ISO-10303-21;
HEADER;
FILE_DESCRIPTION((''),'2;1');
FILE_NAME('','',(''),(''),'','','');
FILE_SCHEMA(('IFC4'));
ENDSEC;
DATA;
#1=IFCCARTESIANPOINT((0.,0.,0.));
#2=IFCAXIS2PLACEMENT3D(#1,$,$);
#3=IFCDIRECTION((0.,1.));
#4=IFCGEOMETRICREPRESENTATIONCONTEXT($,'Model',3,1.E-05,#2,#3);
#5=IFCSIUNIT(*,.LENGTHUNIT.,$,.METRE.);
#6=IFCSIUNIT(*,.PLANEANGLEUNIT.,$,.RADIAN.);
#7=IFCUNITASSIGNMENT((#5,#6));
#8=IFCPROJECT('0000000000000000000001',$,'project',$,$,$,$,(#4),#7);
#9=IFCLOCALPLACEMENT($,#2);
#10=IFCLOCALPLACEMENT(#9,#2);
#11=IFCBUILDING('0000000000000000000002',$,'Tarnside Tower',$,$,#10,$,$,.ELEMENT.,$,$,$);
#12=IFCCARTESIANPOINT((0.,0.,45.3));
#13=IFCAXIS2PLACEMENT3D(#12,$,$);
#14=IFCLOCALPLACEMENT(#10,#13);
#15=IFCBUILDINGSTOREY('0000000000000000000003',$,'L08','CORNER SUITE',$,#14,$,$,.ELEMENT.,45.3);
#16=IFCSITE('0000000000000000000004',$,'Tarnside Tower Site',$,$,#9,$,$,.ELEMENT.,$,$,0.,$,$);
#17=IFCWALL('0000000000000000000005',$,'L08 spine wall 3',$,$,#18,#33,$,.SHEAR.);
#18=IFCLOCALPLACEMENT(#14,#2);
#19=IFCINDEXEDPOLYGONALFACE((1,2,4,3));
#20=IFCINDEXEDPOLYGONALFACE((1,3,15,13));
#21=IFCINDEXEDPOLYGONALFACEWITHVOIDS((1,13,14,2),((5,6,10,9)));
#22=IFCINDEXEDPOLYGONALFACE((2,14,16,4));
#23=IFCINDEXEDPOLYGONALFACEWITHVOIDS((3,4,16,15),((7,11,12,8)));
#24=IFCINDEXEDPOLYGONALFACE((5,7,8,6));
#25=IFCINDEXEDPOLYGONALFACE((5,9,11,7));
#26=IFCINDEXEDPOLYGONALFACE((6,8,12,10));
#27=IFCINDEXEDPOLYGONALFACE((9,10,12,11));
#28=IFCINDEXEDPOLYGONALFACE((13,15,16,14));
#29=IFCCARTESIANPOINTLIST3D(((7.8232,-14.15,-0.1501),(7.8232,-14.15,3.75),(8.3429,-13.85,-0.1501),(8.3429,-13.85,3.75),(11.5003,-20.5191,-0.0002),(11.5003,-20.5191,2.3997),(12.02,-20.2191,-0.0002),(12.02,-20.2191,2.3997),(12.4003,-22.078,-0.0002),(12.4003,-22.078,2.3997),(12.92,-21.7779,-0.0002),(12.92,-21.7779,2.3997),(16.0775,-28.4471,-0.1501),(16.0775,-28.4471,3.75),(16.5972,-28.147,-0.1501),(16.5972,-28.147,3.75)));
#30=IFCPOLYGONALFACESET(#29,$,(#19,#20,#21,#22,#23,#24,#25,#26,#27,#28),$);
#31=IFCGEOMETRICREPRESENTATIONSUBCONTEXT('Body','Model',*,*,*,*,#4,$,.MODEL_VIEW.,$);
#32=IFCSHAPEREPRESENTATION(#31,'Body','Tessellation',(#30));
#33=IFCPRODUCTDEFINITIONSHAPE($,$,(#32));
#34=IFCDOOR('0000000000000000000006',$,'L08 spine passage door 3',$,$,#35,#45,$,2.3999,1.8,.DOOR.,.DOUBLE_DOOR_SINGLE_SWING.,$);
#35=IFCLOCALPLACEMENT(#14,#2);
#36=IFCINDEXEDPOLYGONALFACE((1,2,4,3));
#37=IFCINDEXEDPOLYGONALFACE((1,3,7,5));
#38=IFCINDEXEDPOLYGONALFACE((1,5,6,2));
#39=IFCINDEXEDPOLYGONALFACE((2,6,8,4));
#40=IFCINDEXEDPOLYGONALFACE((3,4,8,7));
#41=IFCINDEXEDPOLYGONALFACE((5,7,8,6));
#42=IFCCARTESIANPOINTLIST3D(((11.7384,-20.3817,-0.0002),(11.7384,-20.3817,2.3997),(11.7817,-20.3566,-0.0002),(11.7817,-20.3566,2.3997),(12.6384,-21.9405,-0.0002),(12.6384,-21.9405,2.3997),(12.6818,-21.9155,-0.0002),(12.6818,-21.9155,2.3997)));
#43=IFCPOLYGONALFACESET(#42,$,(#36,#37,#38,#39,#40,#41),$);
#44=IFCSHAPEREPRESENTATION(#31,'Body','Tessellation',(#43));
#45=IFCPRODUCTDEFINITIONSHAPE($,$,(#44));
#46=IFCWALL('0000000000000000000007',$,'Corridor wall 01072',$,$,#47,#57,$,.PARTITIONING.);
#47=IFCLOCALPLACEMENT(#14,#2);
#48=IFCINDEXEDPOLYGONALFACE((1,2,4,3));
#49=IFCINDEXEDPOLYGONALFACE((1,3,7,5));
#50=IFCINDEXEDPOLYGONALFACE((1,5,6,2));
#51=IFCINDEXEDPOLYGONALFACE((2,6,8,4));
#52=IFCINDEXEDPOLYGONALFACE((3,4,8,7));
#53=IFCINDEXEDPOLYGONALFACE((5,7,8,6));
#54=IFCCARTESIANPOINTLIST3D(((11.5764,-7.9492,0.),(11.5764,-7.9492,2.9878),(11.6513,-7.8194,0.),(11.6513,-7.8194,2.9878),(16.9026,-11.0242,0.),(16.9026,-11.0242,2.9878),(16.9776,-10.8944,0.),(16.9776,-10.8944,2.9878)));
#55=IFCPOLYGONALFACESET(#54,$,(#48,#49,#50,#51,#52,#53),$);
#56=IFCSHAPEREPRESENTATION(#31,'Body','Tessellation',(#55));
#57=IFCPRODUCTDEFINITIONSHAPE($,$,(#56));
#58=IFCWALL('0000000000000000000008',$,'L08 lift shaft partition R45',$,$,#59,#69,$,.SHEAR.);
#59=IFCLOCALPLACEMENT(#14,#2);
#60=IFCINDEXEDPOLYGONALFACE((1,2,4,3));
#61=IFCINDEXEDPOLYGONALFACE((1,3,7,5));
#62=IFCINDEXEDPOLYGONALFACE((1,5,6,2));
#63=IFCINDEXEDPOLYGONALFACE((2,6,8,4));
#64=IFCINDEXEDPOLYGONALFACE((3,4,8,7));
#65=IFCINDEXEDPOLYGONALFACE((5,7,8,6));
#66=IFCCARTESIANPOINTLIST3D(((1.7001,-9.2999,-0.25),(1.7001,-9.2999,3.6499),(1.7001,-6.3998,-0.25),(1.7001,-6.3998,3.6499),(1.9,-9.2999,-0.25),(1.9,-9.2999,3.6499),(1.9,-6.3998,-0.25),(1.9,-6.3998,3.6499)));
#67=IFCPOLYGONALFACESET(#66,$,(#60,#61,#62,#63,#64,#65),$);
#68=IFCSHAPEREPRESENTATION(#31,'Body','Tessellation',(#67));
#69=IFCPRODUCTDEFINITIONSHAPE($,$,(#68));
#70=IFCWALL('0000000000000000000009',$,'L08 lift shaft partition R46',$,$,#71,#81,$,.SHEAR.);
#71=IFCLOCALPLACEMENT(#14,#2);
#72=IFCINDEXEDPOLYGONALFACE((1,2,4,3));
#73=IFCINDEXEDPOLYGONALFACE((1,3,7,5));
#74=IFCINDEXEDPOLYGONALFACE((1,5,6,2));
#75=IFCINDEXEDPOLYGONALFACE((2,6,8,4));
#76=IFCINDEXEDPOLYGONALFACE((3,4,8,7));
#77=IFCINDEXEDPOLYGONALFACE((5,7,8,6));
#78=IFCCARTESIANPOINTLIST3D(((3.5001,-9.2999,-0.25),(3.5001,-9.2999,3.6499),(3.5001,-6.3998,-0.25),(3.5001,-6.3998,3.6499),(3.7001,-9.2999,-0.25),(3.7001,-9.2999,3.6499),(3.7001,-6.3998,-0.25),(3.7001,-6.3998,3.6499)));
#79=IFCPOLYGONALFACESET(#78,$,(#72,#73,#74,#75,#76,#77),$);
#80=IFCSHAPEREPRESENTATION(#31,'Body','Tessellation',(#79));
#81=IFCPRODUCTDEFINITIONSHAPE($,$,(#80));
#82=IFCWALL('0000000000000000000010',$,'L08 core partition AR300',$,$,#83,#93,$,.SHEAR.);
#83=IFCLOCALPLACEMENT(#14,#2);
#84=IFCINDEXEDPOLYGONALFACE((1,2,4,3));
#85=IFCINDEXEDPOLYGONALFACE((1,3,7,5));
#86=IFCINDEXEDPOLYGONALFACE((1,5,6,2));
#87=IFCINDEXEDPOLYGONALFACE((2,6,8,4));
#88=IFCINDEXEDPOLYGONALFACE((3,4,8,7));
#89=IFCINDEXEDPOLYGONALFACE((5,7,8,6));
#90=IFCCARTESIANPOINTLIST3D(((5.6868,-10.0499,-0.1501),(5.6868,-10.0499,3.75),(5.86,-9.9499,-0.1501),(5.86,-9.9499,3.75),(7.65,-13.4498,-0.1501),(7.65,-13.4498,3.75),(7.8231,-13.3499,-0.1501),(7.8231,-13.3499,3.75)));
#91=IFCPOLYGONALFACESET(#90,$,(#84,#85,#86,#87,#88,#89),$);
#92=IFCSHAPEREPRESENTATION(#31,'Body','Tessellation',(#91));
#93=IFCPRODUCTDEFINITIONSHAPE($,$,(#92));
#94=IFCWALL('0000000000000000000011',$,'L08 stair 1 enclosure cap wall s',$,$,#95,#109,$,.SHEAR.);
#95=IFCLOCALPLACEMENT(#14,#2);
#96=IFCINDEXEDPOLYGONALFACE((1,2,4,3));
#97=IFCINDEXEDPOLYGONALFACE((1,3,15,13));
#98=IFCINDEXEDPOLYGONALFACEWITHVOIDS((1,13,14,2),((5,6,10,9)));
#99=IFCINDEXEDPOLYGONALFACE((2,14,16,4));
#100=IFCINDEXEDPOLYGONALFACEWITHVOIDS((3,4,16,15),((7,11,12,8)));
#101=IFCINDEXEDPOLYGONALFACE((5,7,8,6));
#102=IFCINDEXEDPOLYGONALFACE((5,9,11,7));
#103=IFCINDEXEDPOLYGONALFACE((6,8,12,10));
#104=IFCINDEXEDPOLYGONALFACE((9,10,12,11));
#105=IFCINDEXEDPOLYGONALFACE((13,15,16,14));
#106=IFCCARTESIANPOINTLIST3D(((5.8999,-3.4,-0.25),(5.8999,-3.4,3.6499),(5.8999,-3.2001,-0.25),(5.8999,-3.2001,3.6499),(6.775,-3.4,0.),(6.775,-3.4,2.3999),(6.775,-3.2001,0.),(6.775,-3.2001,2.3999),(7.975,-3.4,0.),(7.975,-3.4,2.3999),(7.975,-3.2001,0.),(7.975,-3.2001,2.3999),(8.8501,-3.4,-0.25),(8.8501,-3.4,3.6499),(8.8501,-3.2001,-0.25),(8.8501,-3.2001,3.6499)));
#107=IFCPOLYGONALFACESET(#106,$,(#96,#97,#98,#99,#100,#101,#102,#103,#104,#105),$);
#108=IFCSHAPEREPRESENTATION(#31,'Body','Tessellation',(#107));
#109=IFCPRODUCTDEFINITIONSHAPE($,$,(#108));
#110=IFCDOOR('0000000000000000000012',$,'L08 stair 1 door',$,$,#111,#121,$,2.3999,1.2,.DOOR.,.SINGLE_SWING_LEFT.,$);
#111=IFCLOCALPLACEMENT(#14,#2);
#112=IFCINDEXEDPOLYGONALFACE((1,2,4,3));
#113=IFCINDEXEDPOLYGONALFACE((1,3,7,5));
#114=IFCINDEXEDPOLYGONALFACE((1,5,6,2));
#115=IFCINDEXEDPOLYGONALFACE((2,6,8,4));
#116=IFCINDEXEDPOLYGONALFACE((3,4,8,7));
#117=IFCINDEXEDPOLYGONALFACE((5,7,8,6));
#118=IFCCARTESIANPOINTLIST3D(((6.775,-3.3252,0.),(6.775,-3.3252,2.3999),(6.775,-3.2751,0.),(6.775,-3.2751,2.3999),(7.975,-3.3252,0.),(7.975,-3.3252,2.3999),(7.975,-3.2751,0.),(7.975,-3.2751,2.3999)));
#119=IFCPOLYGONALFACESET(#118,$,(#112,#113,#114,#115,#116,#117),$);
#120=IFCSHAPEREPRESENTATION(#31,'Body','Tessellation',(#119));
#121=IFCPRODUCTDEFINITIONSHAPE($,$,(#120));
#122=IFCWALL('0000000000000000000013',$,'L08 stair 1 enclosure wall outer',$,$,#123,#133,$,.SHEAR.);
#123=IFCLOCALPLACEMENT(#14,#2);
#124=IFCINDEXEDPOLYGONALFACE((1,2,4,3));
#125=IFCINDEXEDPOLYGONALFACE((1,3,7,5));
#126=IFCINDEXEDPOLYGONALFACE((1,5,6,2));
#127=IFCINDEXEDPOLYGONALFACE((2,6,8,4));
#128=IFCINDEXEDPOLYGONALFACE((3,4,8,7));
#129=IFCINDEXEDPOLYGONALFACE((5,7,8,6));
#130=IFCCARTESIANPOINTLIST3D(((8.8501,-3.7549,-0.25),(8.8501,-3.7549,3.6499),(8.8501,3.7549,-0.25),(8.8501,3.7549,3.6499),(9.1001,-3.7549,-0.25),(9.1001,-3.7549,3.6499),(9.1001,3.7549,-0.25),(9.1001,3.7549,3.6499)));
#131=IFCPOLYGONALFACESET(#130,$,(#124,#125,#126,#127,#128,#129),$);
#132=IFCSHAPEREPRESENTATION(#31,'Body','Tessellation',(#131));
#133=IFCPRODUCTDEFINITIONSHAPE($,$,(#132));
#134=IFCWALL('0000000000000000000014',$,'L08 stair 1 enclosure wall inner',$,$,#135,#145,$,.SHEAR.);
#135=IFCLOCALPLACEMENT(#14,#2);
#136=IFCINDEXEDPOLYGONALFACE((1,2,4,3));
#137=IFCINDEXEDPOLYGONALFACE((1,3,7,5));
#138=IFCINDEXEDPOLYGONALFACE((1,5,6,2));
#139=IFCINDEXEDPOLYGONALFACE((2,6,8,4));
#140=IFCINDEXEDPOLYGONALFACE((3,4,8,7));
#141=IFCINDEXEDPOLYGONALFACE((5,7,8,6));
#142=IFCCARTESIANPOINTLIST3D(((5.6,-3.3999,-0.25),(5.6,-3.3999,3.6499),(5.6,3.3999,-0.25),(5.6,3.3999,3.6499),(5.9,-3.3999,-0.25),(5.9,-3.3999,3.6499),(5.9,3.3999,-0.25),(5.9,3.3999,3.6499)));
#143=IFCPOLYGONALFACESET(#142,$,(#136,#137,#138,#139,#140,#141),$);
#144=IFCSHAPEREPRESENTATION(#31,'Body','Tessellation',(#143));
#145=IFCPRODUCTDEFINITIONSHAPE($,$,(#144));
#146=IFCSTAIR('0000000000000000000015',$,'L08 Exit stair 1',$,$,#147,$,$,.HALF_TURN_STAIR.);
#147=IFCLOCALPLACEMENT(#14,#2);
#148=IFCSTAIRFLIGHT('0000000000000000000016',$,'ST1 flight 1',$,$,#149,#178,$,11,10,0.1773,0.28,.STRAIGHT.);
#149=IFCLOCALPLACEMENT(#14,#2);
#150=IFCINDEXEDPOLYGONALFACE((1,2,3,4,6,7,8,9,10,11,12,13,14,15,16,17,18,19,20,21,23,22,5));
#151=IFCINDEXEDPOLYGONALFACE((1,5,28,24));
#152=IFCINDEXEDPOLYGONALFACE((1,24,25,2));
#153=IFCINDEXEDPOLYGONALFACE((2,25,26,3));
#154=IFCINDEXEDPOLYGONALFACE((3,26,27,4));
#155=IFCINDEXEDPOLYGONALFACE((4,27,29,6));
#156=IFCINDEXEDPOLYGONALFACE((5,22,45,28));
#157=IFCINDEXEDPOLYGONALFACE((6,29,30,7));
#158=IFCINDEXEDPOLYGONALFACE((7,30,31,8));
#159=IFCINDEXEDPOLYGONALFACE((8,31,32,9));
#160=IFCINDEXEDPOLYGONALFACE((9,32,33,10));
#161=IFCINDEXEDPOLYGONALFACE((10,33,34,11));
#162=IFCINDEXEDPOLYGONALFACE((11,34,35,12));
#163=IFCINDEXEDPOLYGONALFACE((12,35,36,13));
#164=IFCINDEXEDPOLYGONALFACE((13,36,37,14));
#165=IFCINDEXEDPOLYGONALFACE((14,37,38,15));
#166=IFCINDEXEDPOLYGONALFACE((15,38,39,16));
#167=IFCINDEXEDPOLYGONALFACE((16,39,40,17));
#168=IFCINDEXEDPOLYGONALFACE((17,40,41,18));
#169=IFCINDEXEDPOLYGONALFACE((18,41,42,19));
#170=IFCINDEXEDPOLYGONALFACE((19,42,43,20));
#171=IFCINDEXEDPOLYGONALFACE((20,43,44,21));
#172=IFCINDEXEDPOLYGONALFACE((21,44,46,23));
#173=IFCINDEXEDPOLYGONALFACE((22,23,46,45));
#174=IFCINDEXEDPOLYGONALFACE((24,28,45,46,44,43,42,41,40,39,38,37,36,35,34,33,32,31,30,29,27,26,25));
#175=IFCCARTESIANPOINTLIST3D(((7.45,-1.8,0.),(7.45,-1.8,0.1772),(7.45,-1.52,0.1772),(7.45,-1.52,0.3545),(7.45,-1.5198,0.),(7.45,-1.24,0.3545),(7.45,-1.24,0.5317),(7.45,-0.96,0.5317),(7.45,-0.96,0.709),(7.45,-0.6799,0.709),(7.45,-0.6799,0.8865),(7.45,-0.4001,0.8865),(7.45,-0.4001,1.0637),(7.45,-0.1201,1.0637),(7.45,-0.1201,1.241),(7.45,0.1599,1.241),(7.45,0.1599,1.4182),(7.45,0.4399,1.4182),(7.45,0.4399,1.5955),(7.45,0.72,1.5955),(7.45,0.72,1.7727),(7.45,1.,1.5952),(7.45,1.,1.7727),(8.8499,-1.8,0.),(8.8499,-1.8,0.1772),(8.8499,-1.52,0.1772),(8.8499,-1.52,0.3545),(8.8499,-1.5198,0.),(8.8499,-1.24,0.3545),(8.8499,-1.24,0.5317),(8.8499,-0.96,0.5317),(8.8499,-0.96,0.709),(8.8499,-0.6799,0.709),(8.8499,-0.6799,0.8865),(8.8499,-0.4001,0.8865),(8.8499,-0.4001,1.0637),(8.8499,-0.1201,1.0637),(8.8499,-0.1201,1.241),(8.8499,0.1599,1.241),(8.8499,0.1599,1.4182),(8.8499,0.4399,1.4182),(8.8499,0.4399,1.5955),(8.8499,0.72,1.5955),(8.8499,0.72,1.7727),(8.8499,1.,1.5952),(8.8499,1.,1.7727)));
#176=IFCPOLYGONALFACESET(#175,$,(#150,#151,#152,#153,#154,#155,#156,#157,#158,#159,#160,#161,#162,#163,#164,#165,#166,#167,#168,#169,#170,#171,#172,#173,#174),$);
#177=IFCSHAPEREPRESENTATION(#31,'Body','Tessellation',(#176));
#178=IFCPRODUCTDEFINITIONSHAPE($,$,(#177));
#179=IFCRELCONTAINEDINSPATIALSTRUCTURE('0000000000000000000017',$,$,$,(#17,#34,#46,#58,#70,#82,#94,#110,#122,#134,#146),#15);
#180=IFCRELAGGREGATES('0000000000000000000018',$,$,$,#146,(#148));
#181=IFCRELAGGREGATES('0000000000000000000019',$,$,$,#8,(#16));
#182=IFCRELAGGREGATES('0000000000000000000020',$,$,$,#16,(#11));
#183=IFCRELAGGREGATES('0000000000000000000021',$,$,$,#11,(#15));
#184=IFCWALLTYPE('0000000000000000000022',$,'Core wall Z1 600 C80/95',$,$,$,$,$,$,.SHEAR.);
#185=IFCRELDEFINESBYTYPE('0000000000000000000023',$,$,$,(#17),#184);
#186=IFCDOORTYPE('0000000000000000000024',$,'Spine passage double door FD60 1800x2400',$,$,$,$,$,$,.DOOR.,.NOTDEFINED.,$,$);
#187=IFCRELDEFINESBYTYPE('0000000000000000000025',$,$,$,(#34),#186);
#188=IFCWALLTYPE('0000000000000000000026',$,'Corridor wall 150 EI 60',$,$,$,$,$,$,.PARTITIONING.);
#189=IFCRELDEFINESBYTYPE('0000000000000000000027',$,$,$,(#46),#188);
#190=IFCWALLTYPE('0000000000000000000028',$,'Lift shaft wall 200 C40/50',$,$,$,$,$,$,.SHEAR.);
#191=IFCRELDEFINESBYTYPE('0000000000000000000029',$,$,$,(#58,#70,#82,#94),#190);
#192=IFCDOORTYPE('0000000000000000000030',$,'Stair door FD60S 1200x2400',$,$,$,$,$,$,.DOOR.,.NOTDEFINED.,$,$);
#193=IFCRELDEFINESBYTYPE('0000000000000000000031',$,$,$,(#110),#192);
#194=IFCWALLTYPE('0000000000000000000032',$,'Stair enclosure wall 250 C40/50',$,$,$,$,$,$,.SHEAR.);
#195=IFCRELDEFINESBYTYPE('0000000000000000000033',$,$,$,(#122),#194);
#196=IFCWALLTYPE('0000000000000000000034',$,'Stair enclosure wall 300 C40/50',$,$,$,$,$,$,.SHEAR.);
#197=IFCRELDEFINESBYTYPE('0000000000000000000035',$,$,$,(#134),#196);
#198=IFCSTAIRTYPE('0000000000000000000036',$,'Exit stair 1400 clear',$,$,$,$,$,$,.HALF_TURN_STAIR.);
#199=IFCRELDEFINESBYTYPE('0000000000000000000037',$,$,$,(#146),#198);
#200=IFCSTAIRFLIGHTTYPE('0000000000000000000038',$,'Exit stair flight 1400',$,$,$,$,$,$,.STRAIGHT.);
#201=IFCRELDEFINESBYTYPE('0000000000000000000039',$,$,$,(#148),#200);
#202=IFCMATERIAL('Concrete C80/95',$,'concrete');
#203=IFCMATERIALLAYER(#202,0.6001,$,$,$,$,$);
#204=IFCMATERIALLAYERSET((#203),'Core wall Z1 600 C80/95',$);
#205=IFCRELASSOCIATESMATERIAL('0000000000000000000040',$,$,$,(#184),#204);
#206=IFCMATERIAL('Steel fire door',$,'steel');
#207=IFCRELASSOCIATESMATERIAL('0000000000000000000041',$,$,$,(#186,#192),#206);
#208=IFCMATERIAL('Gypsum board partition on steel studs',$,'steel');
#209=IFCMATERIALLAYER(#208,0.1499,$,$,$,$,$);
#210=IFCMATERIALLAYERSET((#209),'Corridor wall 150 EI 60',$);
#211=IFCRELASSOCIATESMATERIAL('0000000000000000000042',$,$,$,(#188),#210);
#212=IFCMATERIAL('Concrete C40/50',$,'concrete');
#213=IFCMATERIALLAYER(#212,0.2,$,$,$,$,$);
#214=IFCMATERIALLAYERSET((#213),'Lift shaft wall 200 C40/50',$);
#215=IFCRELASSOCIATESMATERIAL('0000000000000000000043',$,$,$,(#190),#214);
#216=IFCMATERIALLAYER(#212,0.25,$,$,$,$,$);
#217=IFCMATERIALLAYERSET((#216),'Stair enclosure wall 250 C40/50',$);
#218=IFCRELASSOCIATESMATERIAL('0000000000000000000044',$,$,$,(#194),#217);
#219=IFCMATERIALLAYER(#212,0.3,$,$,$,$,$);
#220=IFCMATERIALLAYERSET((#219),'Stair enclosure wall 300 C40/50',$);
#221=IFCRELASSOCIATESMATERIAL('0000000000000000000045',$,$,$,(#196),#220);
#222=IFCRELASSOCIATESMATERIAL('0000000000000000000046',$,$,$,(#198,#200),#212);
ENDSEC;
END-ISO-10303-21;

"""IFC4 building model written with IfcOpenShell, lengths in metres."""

from ifc_helpers import new_model, si_unit, direction, frame, frame_2d, origin, place, context, subcontext, project, spatial, polyline, rectangle, outline, extrude, material, layer, layer_set, type_object, element, fill, aggregate, save


model = new_model("IFC4")

# Units and contexts
model_context = context("Model", 3, precision=1e-05, world=origin(), true_north=direction((0.0, 1.0)))
body_context = subcontext(model_context, "Body", "Model", "MODEL_VIEW")
ifc_project = project(units=[si_unit("LENGTHUNIT", "METRE"), si_unit("PLANEANGLEUNIT", "RADIAN")], contexts=[model_context])

# Site, building, storey
site_placement = place(None, origin())
site = spatial("IfcSite", under=ifc_project, at=site_placement, Name="Tarnside Tower Site", CompositionType="ELEMENT", RefElevation=0.0)
building_placement = place(site_placement, origin())
building = spatial("IfcBuilding", under=site, at=building_placement, Name="Tarnside Tower", CompositionType="ELEMENT")
storey_placement = place(building_placement, frame((0.0, 0.0, 45.3)))
storey = spatial("IfcBuildingStorey", under=building, at=storey_placement, Name="L08", Description="CORNER SUITE", CompositionType="ELEMENT", Elevation=45.3)

# Shared definitions
ifc_material_1 = material(Name="Concrete C40/50", Category="concrete")

# Wall, opening, door
ifc_material_2 = material(Name="Steel fire door", Category="steel")
ifc_material_3 = material(Name="Concrete C80/95", Category="concrete")
ifc_layer_1 = layer(ifc_material_3, 0.6001)
ifc_layer_set_1 = layer_set([ifc_layer_1], Name="Core wall Z1 600 C80/95")
wall_type_1 = type_object("IfcWallType", Name="Core wall Z1 600 C80/95", PredefinedType="SHEAR", material=ifc_layer_set_1)
wall_1_placement = place(storey_placement, frame((8.083, -14.0, -0.1501), z_axis=(0.0, 0.0, 1.0), x_axis=(0.499998, -0.866027, 0.0)))
wall_1 = element("IfcWall", 1, at=wall_1_placement, inside=storey, type_object=wall_type_1, Name="L08 spine wall 3", PredefinedType="SHEAR", context=body_context, shape_type="SweptSolid", body=[
    extrude(rectangle(XDim=16.5088, YDim=0.6001, at=frame_2d((8.2544, 0.0))), origin(), (0.0, 0.0, 1.0), 3.9001),
])
opening_1_placement = place(wall_1_placement, frame((7.3545, 0.0, 0.1499)))
opening_1 = element("IfcOpeningElement", 2, at=opening_1_placement, cuts=wall_1, PredefinedType="OPENING", context=body_context, shape_type="SweptSolid", body=[
    extrude(rectangle(XDim=1.8, YDim=2.3999, at=frame_2d((0.8999, 1.2))), frame((0.0, 0.3101, 0.0), z_axis=(0.0, -1.0, 0.0), x_axis=(1.0, 0.0, 0.0)), (0.0, 0.0, 1.0), 0.6201),
])
door_type_1 = type_object("IfcDoorType", Name="Spine passage double door FD60 1800x2400", OperationType="NOTDEFINED", PredefinedType="DOOR", material=ifc_material_2)
door_1_placement = place(opening_1_placement, origin())
door_1 = element("IfcDoor", 3, at=door_1_placement, inside=storey, type_object=door_type_1, Name="L08 spine passage door 3", OperationType="DOUBLE_DOOR_SINGLE_SWING", OverallHeight=2.3999, OverallWidth=1.8, PredefinedType="DOOR", context=body_context, shape_type="SweptSolid", body=[
    extrude(rectangle(XDim=1.8, YDim=2.3999, at=frame_2d((0.8999, 1.2))), frame((0.0, 0.0249, 0.0), z_axis=(0.0, -1.0, 0.0), x_axis=(1.0, 0.0, 0.0)), (0.0, 0.0, 1.0), 0.05),
])
fill(opening_1, door_1)

# Walls
ifc_material_4 = material(Name="Gypsum board partition on steel studs", Category="steel")
ifc_layer_2 = layer(ifc_material_4, 0.1499)
ifc_layer_set_2 = layer_set([ifc_layer_2], Name="Corridor wall 150 EI 60")
wall_type_2 = type_object("IfcWallType", Name="Corridor wall 150 EI 60", PredefinedType="PARTITIONING", material=ifc_layer_set_2)
wall_2_placement = place(storey_placement, frame((11.6138, -7.8843, 0.0), z_axis=(0.0, 0.0, 1.0), x_axis=(0.866034, -0.499986, 0.0)))
element("IfcWall", 4, at=wall_2_placement, inside=storey, type_object=wall_type_2, Name="Corridor wall 01072", PredefinedType="PARTITIONING", context=body_context, shape_type="SweptSolid", body=[
    extrude(rectangle(XDim=6.1501, YDim=0.1499, at=frame_2d((3.0752, 0.0))), origin(), (0.0, 0.0, 1.0), 2.9878),
])
ifc_layer_3 = layer(ifc_material_1, 0.2)
ifc_layer_set_3 = layer_set([ifc_layer_3], Name="Lift shaft wall 200 C40/50")
wall_type_3 = type_object("IfcWallType", Name="Lift shaft wall 200 C40/50", PredefinedType="SHEAR", material=ifc_layer_set_3)
for number, where, z_axis, x_axis, name in (
    (5, (1.8, -9.3, -0.25), (0.0, 0.0, 1.0), (0.0, 1.0, 0.0), "L08 lift shaft partition R45"),
    (6, (3.6001, -9.3, -0.25), (0.0, 0.0, 1.0), (0.0, 1.0, 0.0), "L08 lift shaft partition R46"),
):
    element("IfcWall", number, at=place(storey_placement, frame(where, z_axis=z_axis, x_axis=x_axis)), inside=storey, type_object=wall_type_3, Name=name, PredefinedType="SHEAR", context=body_context, shape_type="SweptSolid", body=[
        extrude(rectangle(XDim=2.9001, YDim=0.2, at=frame_2d((1.4502, 0.0))), origin(), (0.0, 0.0, 1.0), 3.8999),
    ])
wall_3_placement = place(storey_placement, frame((5.7734, -10.0, -0.1501), z_axis=(0.0, 0.0, 1.0), x_axis=(0.500038, -0.866003, 0.0)))
element("IfcWall", 7, at=wall_3_placement, inside=storey, type_object=wall_type_3, Name="L08 core partition AR300", PredefinedType="SHEAR", context=body_context, shape_type="SweptSolid", body=[
    extrude(rectangle(XDim=3.926, YDim=0.2, at=frame_2d((1.9629, 0.0))), origin(), (0.0, 0.0, 1.0), 3.9001),
])

# Wall, opening, door
wall_4_placement = place(storey_placement, frame((5.8999, -3.3, -0.25), z_axis=(0.0, 0.0, 1.0), x_axis=(1.0, 0.0, 0.0)))
wall_4 = element("IfcWall", 8, at=wall_4_placement, inside=storey, type_object=wall_type_3, Name="L08 stair 1 enclosure cap wall s", PredefinedType="SHEAR", context=body_context, shape_type="SweptSolid", body=[
    extrude(rectangle(XDim=2.9502, YDim=0.2, at=frame_2d((1.4751, 0.0))), origin(), (0.0, 0.0, 1.0), 3.8999),
])
opening_2_placement = place(wall_4_placement, frame((0.875, 0.0, 0.25)))
opening_2 = element("IfcOpeningElement", 9, at=opening_2_placement, cuts=wall_4, PredefinedType="OPENING", context=body_context, shape_type="SweptSolid", body=[
    extrude(rectangle(XDim=1.2, YDim=2.3999, at=frame_2d((0.6001, 1.2))), frame((0.0, 0.1099, 0.0), z_axis=(0.0, -1.0, 0.0), x_axis=(1.0, 0.0, 0.0)), (0.0, 0.0, 1.0), 0.22),
])
door_type_2 = type_object("IfcDoorType", Name="Stair door FD60S 1200x2400", OperationType="NOTDEFINED", PredefinedType="DOOR", material=ifc_material_2)
door_2_placement = place(opening_2_placement, origin())
door_2 = element("IfcDoor", 10, at=door_2_placement, inside=storey, type_object=door_type_2, Name="L08 stair 1 door", OperationType="SINGLE_SWING_LEFT", OverallHeight=2.3999, OverallWidth=1.2, PredefinedType="DOOR", context=body_context, shape_type="SweptSolid", body=[
    extrude(rectangle(XDim=1.2, YDim=2.3999, at=frame_2d((0.6001, 1.2))), frame((0.0, 0.0249, 0.0), z_axis=(0.0, -1.0, 0.0), x_axis=(1.0, 0.0, 0.0)), (0.0, 0.0, 1.0), 0.05),
])
fill(opening_2, door_2)

# Walls
ifc_layer_4 = layer(ifc_material_1, 0.25)
ifc_layer_set_4 = layer_set([ifc_layer_4], Name="Stair enclosure wall 250 C40/50")
wall_type_4 = type_object("IfcWallType", Name="Stair enclosure wall 250 C40/50", PredefinedType="SHEAR", material=ifc_layer_set_4)
wall_5_placement = place(storey_placement, frame((8.9751, -3.7549, -0.25), z_axis=(0.0, 0.0, 1.0), x_axis=(0.0, 1.0, 0.0)))
element("IfcWall", 11, at=wall_5_placement, inside=storey, type_object=wall_type_4, Name="L08 stair 1 enclosure wall outer", PredefinedType="SHEAR", context=body_context, shape_type="SweptSolid", body=[
    extrude(rectangle(XDim=7.5098, YDim=0.25, at=frame_2d((3.7549, 0.0))), origin(), (0.0, 0.0, 1.0), 3.8999),
])
ifc_layer_5 = layer(ifc_material_1, 0.3)
ifc_layer_set_5 = layer_set([ifc_layer_5], Name="Stair enclosure wall 300 C40/50")
wall_type_5 = type_object("IfcWallType", Name="Stair enclosure wall 300 C40/50", PredefinedType="SHEAR", material=ifc_layer_set_5)
wall_6_placement = place(storey_placement, frame((5.75, -3.3999, -0.25), z_axis=(0.0, 0.0, 1.0), x_axis=(0.0, 1.0, 0.0)))
element("IfcWall", 12, at=wall_6_placement, inside=storey, type_object=wall_type_5, Name="L08 stair 1 enclosure wall inner", PredefinedType="SHEAR", context=body_context, shape_type="SweptSolid", body=[
    extrude(rectangle(XDim=6.7998, YDim=0.3, at=frame_2d((3.3999, 0.0))), origin(), (0.0, 0.0, 1.0), 3.8999),
])

# Stair, stair flight
stair_type = type_object("IfcStairType", Name="Exit stair 1400 clear", PredefinedType="HALF_TURN_STAIR", material=ifc_material_1)
stair_placement = place(storey_placement, origin())
stair = element("IfcStair", 13, at=stair_placement, inside=storey, type_object=stair_type, Name="L08 Exit stair 1", PredefinedType="HALF_TURN_STAIR")
stair_flight_type = type_object("IfcStairFlightType", Name="Exit stair flight 1400", PredefinedType="STRAIGHT", material=ifc_material_1)
stair_flight_placement = place(storey_placement, frame((8.1499, -1.8, 0.0), z_axis=(0.0, 0.0, 1.0), x_axis=(0.0, 1.0, 0.0)))
stair_flight = element("IfcStairFlight", 14, at=stair_flight_placement, type_object=stair_flight_type, Name="ST1 flight 1", NumberOfRisers=11, NumberOfTreads=10, PredefinedType="STRAIGHT", RiserHeight=0.1773, TreadLength=0.28, context=body_context, shape_type="SweptSolid", body=[
    extrude(outline(polyline([(0.0, 0.0), (0.0, 0.1772), (0.28, 0.1772), (0.28, 0.3545), (0.5601, 0.3545), (0.5601, 0.5317), (0.8401, 0.5317), (0.8401, 0.709), (1.1201, 0.709), (1.1201, 0.8865), (1.3999, 0.8865), (1.3999, 1.0637), (1.6799, 1.0637), (1.6799, 1.241), (1.96, 1.241), (1.96, 1.4182), (2.24, 1.4182), (2.24, 1.5955), (2.52, 1.5955), (2.52, 1.7727), (2.8, 1.7727), (2.8, 1.95), (2.8, 1.5952), (0.2803, 0.0), (0.0, 0.0)])), frame((0.0, 0.7, 0.0), z_axis=(0.0, -1.0, 0.0), x_axis=(1.0, 0.0, 0.0)), (0.0, 0.0, 1.0), 1.3999),
])
aggregate(stair, [stair_flight])

save(model, "model.ifc")
